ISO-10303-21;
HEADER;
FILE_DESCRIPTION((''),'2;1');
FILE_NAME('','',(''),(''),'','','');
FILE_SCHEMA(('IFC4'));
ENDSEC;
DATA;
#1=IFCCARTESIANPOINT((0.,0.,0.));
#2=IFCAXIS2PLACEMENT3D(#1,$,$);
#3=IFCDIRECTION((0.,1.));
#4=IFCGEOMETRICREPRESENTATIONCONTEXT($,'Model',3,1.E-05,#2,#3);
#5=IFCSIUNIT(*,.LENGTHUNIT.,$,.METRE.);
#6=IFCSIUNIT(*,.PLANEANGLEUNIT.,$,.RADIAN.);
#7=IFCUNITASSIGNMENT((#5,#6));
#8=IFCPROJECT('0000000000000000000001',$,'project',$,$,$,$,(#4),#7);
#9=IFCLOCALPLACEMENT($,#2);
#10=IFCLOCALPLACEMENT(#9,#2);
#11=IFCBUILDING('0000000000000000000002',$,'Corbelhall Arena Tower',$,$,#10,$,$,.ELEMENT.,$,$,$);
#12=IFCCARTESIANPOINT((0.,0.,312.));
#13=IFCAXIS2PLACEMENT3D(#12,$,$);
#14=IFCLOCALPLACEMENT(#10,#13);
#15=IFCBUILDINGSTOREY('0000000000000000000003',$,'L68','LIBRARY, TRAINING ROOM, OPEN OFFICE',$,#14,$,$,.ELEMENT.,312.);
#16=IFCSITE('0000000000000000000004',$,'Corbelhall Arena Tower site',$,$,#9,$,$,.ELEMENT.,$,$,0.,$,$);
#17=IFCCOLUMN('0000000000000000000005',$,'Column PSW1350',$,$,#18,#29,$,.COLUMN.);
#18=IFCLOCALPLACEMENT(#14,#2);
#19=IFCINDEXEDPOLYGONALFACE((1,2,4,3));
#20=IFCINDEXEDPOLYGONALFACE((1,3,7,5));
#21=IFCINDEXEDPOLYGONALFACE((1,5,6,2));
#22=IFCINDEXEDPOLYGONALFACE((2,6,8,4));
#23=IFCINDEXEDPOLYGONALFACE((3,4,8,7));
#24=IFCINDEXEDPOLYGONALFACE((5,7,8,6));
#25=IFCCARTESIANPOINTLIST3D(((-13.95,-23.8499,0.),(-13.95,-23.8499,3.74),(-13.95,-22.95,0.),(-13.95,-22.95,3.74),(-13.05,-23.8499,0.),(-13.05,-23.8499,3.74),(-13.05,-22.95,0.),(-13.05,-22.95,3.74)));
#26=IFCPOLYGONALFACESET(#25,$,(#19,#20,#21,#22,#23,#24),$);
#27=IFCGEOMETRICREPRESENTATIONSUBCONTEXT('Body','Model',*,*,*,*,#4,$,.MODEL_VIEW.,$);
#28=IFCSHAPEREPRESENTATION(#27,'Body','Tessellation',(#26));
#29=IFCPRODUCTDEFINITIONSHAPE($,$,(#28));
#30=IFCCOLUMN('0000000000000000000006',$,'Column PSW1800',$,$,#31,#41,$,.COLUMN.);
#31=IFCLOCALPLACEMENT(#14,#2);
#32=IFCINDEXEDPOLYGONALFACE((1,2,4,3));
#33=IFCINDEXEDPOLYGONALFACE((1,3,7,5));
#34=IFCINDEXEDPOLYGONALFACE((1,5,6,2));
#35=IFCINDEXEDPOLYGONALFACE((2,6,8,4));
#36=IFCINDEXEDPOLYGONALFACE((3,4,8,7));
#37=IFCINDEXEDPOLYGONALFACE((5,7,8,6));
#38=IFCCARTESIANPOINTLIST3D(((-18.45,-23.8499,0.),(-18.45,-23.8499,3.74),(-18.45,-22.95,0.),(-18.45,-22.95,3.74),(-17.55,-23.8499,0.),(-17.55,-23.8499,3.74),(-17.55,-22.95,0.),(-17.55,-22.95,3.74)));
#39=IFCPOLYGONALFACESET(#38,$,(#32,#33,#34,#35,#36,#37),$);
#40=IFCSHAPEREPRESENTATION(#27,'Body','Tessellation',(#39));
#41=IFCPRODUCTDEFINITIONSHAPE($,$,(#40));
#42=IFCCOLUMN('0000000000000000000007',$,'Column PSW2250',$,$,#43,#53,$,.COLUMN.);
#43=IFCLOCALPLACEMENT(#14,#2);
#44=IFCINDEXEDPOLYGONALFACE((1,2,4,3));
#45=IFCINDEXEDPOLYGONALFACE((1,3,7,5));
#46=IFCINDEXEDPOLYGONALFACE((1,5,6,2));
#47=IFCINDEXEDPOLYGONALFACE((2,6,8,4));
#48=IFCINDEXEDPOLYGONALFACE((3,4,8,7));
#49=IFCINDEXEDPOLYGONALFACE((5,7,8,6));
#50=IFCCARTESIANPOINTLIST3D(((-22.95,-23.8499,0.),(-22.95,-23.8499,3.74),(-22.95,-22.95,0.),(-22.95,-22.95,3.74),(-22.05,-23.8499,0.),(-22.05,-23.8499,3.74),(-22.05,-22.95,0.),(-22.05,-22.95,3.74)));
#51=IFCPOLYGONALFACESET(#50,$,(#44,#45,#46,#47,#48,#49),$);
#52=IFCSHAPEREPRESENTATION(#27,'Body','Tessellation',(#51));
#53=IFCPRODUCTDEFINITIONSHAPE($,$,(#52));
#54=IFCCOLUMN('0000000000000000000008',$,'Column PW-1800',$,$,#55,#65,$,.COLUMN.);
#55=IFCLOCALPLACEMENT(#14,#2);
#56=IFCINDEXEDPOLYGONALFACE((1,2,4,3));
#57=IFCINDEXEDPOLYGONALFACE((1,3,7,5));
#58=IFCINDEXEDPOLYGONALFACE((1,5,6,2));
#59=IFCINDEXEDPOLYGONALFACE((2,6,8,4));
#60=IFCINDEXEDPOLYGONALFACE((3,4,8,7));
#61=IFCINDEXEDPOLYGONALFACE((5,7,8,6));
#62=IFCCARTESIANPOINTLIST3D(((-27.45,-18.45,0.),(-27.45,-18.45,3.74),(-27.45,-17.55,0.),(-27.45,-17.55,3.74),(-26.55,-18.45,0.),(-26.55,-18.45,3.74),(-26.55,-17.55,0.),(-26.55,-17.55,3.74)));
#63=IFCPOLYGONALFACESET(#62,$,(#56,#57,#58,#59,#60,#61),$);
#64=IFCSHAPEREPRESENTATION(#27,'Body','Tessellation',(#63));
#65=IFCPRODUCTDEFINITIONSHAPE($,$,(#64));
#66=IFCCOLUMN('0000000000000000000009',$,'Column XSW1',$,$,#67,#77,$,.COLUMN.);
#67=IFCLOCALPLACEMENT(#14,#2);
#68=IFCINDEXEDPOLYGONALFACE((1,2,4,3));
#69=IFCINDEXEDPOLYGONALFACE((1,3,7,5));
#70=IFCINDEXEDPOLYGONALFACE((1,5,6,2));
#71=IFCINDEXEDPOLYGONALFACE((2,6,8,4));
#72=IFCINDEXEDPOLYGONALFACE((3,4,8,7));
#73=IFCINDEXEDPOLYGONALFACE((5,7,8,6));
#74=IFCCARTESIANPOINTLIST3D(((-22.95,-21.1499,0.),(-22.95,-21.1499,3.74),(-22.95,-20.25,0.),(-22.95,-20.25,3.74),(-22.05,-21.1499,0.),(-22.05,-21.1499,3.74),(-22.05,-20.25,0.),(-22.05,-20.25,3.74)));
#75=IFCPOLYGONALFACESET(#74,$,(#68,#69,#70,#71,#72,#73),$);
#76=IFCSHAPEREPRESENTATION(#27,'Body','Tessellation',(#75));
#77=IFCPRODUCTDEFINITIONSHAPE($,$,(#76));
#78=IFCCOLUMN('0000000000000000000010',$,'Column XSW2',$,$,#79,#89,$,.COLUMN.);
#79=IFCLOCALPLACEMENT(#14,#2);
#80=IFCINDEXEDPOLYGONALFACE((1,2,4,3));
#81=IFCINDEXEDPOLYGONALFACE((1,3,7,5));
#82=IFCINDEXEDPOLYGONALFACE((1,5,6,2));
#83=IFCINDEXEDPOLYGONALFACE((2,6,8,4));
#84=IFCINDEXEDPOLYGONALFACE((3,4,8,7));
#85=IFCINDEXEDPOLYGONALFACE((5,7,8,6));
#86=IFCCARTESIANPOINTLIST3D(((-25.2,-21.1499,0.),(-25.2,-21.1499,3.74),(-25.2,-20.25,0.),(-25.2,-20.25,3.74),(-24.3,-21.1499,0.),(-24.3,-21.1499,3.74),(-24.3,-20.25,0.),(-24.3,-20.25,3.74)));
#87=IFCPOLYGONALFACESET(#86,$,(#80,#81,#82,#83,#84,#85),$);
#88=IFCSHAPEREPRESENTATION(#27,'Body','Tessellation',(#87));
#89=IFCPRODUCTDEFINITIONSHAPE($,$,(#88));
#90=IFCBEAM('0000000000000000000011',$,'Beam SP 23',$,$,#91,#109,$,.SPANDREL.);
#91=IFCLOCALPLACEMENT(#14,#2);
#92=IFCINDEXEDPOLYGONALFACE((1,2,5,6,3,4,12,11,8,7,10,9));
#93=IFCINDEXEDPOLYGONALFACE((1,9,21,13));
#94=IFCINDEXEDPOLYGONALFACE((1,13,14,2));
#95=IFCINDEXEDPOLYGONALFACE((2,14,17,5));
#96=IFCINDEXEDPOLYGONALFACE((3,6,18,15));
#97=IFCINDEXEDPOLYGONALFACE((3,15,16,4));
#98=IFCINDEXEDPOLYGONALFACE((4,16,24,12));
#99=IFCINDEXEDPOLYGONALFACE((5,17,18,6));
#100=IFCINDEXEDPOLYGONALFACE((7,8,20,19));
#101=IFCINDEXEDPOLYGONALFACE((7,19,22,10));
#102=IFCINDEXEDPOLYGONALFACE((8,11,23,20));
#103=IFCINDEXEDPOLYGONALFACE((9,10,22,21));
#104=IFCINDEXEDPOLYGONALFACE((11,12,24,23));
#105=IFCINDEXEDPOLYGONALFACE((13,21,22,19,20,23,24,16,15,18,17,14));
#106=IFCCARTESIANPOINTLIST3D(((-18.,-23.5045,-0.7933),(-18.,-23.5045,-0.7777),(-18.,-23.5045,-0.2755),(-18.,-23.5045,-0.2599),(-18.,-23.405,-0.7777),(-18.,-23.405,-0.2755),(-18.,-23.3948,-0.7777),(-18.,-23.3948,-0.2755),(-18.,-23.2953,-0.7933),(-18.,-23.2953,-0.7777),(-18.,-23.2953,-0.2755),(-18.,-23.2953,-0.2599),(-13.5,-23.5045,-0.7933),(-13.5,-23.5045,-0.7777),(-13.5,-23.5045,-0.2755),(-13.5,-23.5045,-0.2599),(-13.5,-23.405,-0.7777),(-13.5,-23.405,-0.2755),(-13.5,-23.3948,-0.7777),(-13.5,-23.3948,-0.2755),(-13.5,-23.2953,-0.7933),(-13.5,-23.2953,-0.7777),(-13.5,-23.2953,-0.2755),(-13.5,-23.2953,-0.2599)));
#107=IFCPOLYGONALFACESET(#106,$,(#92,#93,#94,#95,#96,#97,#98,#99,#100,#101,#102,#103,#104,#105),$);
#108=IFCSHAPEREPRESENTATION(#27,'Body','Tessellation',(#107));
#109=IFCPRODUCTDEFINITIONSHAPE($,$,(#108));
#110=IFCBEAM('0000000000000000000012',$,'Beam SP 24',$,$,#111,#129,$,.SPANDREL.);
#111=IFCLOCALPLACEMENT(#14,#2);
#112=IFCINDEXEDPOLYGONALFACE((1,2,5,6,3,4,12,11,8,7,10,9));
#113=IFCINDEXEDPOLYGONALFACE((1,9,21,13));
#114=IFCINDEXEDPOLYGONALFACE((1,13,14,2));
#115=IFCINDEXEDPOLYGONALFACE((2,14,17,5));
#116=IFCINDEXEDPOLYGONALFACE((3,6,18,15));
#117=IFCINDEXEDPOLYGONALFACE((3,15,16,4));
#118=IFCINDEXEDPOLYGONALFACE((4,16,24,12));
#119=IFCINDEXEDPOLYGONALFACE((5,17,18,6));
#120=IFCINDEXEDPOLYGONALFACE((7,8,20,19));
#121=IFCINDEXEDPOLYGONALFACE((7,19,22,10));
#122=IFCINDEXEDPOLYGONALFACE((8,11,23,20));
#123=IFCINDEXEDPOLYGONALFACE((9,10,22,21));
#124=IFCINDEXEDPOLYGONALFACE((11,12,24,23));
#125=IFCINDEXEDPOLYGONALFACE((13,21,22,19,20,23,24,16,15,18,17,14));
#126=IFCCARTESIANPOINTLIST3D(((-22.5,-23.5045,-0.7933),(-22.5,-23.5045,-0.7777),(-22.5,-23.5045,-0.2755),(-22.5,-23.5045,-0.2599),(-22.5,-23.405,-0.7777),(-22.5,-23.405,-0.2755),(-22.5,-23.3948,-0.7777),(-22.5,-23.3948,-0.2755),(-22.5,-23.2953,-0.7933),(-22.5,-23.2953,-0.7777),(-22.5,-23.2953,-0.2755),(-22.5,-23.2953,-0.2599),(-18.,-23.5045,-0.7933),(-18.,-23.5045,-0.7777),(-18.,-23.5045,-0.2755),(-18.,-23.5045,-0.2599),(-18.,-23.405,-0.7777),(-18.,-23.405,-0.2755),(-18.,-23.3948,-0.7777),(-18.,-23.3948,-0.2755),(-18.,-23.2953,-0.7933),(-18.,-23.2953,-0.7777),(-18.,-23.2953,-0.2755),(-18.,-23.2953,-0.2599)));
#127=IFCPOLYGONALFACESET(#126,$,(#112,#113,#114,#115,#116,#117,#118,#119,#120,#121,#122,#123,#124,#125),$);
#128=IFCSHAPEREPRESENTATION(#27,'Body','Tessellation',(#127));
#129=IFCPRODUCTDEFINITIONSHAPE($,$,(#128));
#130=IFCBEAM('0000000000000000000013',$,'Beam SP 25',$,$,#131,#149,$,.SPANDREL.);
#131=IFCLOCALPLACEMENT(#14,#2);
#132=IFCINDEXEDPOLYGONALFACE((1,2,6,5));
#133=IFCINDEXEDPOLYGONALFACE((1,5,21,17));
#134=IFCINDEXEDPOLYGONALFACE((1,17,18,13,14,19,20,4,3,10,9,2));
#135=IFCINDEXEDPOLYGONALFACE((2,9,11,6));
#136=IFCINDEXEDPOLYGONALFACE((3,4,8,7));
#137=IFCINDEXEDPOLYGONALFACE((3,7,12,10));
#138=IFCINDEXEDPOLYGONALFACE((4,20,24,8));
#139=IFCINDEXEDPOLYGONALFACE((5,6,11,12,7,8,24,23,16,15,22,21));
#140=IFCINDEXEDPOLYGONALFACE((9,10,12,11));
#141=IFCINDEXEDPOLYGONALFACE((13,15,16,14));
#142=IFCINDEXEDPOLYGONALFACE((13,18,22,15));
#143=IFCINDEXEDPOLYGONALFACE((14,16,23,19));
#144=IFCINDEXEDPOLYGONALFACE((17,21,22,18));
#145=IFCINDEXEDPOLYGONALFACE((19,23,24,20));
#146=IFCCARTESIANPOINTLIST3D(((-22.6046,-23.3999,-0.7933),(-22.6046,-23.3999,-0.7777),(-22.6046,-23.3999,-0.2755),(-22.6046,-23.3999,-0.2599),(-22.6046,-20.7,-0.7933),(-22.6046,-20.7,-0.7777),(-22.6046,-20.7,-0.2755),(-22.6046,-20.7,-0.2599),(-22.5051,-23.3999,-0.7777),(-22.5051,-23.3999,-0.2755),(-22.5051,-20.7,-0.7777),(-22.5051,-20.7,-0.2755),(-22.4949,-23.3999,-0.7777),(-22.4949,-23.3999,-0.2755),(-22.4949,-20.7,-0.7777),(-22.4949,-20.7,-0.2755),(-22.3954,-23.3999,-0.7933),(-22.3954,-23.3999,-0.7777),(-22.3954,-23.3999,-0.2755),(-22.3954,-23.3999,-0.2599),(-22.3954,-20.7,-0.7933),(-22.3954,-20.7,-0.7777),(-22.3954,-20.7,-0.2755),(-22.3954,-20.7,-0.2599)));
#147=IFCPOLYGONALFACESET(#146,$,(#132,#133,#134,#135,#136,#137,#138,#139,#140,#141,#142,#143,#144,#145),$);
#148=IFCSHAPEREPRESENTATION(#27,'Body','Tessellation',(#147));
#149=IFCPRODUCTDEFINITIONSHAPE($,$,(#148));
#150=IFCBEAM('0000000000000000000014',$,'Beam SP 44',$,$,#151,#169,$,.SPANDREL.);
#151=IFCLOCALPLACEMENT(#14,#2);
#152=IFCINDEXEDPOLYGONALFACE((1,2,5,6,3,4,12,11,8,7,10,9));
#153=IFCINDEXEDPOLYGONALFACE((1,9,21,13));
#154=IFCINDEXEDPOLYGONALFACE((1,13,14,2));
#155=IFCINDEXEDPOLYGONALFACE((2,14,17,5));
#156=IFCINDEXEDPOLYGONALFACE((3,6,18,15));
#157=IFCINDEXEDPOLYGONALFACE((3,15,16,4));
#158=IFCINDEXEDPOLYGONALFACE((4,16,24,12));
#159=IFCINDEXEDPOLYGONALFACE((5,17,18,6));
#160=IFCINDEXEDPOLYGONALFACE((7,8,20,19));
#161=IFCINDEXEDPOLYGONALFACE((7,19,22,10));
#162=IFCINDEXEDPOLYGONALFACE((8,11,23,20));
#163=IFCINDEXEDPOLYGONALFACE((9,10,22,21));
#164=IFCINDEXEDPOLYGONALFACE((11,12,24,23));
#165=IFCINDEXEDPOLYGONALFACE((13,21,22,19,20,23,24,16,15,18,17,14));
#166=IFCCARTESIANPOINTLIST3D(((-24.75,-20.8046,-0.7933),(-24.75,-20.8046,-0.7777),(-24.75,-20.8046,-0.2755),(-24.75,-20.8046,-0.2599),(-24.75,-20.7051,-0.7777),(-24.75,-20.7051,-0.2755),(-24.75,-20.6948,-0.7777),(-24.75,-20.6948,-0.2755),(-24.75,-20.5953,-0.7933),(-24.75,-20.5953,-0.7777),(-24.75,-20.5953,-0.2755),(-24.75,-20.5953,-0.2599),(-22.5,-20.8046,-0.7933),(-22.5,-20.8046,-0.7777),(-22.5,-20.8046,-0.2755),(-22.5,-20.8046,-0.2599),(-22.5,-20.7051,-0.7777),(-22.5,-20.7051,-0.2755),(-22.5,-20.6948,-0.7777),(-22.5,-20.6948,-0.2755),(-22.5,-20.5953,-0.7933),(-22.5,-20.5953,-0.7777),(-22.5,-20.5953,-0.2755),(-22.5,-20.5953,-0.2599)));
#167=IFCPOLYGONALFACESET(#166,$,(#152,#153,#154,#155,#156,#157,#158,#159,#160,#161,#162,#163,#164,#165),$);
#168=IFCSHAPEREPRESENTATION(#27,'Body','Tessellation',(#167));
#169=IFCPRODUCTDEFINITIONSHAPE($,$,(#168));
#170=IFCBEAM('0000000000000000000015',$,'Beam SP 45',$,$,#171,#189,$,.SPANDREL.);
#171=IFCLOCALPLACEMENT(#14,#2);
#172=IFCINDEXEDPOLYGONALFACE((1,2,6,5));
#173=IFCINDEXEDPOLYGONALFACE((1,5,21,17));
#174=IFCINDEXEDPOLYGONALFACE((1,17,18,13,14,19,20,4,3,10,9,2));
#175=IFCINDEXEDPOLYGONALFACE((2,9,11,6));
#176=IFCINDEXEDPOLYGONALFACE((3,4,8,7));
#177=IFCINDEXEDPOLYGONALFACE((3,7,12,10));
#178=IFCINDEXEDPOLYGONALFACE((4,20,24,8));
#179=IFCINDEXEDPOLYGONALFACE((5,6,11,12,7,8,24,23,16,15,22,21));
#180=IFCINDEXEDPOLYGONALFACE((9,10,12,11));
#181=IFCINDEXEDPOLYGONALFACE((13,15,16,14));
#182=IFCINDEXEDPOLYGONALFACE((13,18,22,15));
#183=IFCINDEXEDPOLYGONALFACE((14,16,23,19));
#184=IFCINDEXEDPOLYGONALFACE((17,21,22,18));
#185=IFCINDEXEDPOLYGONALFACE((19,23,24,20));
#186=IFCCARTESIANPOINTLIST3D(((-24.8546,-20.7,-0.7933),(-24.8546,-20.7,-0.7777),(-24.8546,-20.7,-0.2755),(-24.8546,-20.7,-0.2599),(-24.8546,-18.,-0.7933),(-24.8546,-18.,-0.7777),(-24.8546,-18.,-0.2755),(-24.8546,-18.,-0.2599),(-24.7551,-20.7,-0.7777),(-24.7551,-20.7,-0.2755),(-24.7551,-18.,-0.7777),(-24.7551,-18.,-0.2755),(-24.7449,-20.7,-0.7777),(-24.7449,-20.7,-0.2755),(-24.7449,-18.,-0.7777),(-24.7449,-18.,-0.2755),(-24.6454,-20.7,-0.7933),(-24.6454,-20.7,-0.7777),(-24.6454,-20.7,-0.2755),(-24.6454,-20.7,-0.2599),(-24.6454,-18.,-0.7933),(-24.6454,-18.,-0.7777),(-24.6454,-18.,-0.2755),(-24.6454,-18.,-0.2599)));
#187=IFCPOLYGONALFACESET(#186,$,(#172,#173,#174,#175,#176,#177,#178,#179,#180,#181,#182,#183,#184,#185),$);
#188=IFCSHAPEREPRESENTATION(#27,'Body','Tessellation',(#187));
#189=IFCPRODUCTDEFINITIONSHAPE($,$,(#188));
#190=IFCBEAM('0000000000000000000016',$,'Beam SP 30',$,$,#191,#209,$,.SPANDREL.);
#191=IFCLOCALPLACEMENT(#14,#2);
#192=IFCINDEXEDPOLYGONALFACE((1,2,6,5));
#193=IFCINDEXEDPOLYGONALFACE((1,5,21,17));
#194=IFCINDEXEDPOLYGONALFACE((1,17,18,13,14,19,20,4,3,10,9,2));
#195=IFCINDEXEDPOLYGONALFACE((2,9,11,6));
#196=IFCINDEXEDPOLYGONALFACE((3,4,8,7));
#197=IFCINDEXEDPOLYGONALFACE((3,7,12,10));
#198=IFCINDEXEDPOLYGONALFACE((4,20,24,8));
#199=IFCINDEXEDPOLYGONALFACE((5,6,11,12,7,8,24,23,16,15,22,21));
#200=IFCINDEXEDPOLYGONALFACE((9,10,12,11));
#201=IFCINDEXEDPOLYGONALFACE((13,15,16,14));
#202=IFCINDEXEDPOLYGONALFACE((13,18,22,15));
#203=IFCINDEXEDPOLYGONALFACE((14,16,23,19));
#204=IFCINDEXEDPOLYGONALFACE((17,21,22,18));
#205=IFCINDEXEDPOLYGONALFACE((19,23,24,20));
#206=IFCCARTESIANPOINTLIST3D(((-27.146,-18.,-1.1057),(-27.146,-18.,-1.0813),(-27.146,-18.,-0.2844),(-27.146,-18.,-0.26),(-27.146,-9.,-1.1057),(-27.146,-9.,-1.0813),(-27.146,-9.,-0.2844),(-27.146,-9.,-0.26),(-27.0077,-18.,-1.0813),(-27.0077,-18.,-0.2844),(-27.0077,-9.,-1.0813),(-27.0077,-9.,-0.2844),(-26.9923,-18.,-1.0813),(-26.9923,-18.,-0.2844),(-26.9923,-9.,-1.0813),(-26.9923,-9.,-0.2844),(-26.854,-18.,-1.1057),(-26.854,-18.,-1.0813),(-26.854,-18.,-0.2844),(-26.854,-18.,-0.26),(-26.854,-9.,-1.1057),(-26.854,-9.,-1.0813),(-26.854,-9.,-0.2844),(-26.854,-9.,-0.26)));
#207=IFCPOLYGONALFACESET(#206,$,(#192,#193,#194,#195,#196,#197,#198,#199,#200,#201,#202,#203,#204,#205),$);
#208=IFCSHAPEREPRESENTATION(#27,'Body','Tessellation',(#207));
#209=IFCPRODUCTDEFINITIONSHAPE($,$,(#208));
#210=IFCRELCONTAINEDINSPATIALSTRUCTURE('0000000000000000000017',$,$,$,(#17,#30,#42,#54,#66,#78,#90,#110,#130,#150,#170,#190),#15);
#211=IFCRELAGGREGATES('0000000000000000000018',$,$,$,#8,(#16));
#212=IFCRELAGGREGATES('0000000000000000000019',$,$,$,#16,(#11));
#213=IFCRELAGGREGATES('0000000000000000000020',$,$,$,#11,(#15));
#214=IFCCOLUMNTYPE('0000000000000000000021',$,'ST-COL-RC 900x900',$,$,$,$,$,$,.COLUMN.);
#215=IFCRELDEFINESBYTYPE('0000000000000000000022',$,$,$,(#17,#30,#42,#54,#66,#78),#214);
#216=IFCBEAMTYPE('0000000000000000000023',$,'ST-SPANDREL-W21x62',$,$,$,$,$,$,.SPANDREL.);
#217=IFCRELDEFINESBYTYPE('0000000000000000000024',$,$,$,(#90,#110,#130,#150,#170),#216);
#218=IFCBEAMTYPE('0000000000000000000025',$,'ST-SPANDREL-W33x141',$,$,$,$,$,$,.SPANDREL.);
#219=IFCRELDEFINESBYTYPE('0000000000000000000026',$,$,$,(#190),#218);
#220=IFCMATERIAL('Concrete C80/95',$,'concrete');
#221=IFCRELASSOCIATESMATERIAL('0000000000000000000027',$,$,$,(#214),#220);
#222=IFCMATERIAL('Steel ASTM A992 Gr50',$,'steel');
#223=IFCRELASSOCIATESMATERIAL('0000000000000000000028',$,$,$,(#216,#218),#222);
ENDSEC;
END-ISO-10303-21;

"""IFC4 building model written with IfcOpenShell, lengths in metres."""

from ifc_helpers import new_model, si_unit, direction, frame, origin, origin_2d, place, context, subcontext, project, spatial, rectangle, i_section, extrude, material, material_profile, profile_set, type_object, element, save


model = new_model("IFC4")

# Units and contexts
model_context = context("Model", 3, precision=1e-05, world=origin(), true_north=direction((0.0, 1.0)))
body_context = subcontext(model_context, "Body", "Model", "MODEL_VIEW")
ifc_project = project(units=[si_unit("LENGTHUNIT", "METRE"), si_unit("PLANEANGLEUNIT", "RADIAN")], contexts=[model_context])

# Site, building, storey
site_placement = place(None, origin())
site = spatial("IfcSite", under=ifc_project, at=site_placement, Name="Corbelhall Arena Tower site", CompositionType="ELEMENT", RefElevation=0.0)
building_placement = place(site_placement, origin())
building = spatial("IfcBuilding", under=site, at=building_placement, Name="Corbelhall Arena Tower", CompositionType="ELEMENT")
storey_placement = place(building_placement, frame((0.0, 0.0, 312.0)))
storey = spatial("IfcBuildingStorey", under=building, at=storey_placement, Name="L68", Description="LIBRARY, TRAINING ROOM, OPEN OFFICE", CompositionType="ELEMENT", Elevation=312.0)

# Columns
ifc_material_1 = material(Name="Concrete C80/95", Category="concrete")
ifc_material_profile_1 = material_profile(ifc_material_1, rectangle(XDim=0.8999, YDim=0.8999, at=origin_2d()))
ifc_profile_set_1 = profile_set([ifc_material_profile_1], Name="Concrete C80/95")
column_type = type_object("IfcColumnType", Name="ST-COL-RC 900x900", PredefinedType="COLUMN", material=ifc_profile_set_1)
for number, where, z_axis, x_axis, name in (
    (1, (-13.5, -23.3999, 0.0), (0.0, 0.0, 1.0), (1.0, 0.0, 0.0), "Column PSW1350"),
    (2, (-18.0, -23.3999, 0.0), (0.0, 0.0, 1.0), (1.0, 0.0, 0.0), "Column PSW1800"),
    (3, (-22.5, -23.3999, 0.0), (0.0, 0.0, 1.0), (1.0, 0.0, 0.0), "Column PSW2250"),
    (4, (-27.0, -18.0, 0.0), (0.0, 0.0, 1.0), (0.0, 1.0, 0.0), "Column PW-1800"),
    (5, (-22.5, -20.7, 0.0), (0.0, 0.0, 1.0), (1.0, 0.0, 0.0), "Column XSW1"),
    (6, (-24.75, -20.7, 0.0), (0.0, 0.0, 1.0), (1.0, 0.0, 0.0), "Column XSW2"),
):
    element("IfcColumn", number, at=place(storey_placement, frame(where, z_axis=z_axis, x_axis=x_axis)), inside=storey, type_object=column_type, Name=name, PredefinedType="COLUMN", context=body_context, shape_type="SweptSolid", body=[
        extrude(rectangle(XDim=0.8999, YDim=0.8999, at=origin_2d()), origin(), (0.0, 0.0, 1.0), 3.74),
    ])

# Beams
ifc_material_2 = material(Name="Steel ASTM A992 Gr50", Category="steel")
ifc_material_profile_2 = material_profile(ifc_material_2, i_section(OverallWidth=0.2092, OverallDepth=0.5334, WebThickness=0.0103, FlangeThickness=0.0156, at=origin_2d()))
ifc_profile_set_2 = profile_set([ifc_material_profile_2], Name="Steel ASTM A992 Gr50")
beam_type_1 = type_object("IfcBeamType", Name="ST-SPANDREL-W21x62", PredefinedType="SPANDREL", material=ifc_profile_set_2)
for number, where, z_axis, x_axis, name in (
    (7, (-13.5, -23.3999, -0.5266), (-1.0, 0.0, 0.0), (0.0, -1.0, 0.0), "Beam SP 23"),
    (8, (-18.0, -23.3999, -0.5266), (-1.0, 0.0, 0.0), (0.0, -1.0, 0.0), "Beam SP 24"),
):
    element("IfcBeam", number, at=place(storey_placement, frame(where, z_axis=z_axis, x_axis=x_axis)), inside=storey, type_object=beam_type_1, Name=name, PredefinedType="SPANDREL", context=body_context, shape_type="SweptSolid", body=[
        extrude(i_section(OverallWidth=0.2092, OverallDepth=0.5334, WebThickness=0.0103, FlangeThickness=0.0156, at=origin_2d()), origin(), (0.0, 0.0, 1.0), 4.5),
    ])
beam_1_placement = place(storey_placement, frame((-22.5, -23.3999, -0.5266), z_axis=(0.0, 1.0, 0.0), x_axis=(-1.0, 0.0, 0.0)))
element("IfcBeam", 9, at=beam_1_placement, inside=storey, type_object=beam_type_1, Name="Beam SP 25", PredefinedType="SPANDREL", context=body_context, shape_type="SweptSolid", body=[
    extrude(i_section(OverallWidth=0.2092, OverallDepth=0.5334, WebThickness=0.0103, FlangeThickness=0.0156, at=origin_2d()), origin(), (0.0, 0.0, 1.0), 2.7),
])
beam_2_placement = place(storey_placement, frame((-22.5, -20.7, -0.5266), z_axis=(-1.0, 0.0, 0.0), x_axis=(0.0, -1.0, 0.0)))
element("IfcBeam", 10, at=beam_2_placement, inside=storey, type_object=beam_type_1, Name="Beam SP 44", PredefinedType="SPANDREL", context=body_context, shape_type="SweptSolid", body=[
    extrude(i_section(OverallWidth=0.2092, OverallDepth=0.5334, WebThickness=0.0103, FlangeThickness=0.0156, at=origin_2d()), origin(), (0.0, 0.0, 1.0), 2.25),
])
beam_3_placement = place(storey_placement, frame((-24.75, -20.7, -0.5266), z_axis=(0.0, 1.0, 0.0), x_axis=(-1.0, 0.0, 0.0)))
element("IfcBeam", 11, at=beam_3_placement, inside=storey, type_object=beam_type_1, Name="Beam SP 45", PredefinedType="SPANDREL", context=body_context, shape_type="SweptSolid", body=[
    extrude(i_section(OverallWidth=0.2092, OverallDepth=0.5334, WebThickness=0.0103, FlangeThickness=0.0156, at=origin_2d()), origin(), (0.0, 0.0, 1.0), 2.7),
])
ifc_material_profile_3 = material_profile(ifc_material_2, i_section(OverallWidth=0.292, OverallDepth=0.8457, WebThickness=0.0154, FlangeThickness=0.0244, at=origin_2d()))
ifc_profile_set_3 = profile_set([ifc_material_profile_3], Name="Steel ASTM A992 Gr50")
beam_type_2 = type_object("IfcBeamType", Name="ST-SPANDREL-W33x141", PredefinedType="SPANDREL", material=ifc_profile_set_3)
beam_4_placement = place(storey_placement, frame((-27.0, -18.0, -0.6829), z_axis=(0.0, 1.0, 0.0), x_axis=(-1.0, 0.0, 0.0)))
element("IfcBeam", 12, at=beam_4_placement, inside=storey, type_object=beam_type_2, Name="Beam SP 30", PredefinedType="SPANDREL", context=body_context, shape_type="SweptSolid", body=[
    extrude(i_section(OverallWidth=0.292, OverallDepth=0.8457, WebThickness=0.0154, FlangeThickness=0.0244, at=origin_2d()), origin(), (0.0, 0.0, 1.0), 9.0),
])

save(model, "model.ifc")
